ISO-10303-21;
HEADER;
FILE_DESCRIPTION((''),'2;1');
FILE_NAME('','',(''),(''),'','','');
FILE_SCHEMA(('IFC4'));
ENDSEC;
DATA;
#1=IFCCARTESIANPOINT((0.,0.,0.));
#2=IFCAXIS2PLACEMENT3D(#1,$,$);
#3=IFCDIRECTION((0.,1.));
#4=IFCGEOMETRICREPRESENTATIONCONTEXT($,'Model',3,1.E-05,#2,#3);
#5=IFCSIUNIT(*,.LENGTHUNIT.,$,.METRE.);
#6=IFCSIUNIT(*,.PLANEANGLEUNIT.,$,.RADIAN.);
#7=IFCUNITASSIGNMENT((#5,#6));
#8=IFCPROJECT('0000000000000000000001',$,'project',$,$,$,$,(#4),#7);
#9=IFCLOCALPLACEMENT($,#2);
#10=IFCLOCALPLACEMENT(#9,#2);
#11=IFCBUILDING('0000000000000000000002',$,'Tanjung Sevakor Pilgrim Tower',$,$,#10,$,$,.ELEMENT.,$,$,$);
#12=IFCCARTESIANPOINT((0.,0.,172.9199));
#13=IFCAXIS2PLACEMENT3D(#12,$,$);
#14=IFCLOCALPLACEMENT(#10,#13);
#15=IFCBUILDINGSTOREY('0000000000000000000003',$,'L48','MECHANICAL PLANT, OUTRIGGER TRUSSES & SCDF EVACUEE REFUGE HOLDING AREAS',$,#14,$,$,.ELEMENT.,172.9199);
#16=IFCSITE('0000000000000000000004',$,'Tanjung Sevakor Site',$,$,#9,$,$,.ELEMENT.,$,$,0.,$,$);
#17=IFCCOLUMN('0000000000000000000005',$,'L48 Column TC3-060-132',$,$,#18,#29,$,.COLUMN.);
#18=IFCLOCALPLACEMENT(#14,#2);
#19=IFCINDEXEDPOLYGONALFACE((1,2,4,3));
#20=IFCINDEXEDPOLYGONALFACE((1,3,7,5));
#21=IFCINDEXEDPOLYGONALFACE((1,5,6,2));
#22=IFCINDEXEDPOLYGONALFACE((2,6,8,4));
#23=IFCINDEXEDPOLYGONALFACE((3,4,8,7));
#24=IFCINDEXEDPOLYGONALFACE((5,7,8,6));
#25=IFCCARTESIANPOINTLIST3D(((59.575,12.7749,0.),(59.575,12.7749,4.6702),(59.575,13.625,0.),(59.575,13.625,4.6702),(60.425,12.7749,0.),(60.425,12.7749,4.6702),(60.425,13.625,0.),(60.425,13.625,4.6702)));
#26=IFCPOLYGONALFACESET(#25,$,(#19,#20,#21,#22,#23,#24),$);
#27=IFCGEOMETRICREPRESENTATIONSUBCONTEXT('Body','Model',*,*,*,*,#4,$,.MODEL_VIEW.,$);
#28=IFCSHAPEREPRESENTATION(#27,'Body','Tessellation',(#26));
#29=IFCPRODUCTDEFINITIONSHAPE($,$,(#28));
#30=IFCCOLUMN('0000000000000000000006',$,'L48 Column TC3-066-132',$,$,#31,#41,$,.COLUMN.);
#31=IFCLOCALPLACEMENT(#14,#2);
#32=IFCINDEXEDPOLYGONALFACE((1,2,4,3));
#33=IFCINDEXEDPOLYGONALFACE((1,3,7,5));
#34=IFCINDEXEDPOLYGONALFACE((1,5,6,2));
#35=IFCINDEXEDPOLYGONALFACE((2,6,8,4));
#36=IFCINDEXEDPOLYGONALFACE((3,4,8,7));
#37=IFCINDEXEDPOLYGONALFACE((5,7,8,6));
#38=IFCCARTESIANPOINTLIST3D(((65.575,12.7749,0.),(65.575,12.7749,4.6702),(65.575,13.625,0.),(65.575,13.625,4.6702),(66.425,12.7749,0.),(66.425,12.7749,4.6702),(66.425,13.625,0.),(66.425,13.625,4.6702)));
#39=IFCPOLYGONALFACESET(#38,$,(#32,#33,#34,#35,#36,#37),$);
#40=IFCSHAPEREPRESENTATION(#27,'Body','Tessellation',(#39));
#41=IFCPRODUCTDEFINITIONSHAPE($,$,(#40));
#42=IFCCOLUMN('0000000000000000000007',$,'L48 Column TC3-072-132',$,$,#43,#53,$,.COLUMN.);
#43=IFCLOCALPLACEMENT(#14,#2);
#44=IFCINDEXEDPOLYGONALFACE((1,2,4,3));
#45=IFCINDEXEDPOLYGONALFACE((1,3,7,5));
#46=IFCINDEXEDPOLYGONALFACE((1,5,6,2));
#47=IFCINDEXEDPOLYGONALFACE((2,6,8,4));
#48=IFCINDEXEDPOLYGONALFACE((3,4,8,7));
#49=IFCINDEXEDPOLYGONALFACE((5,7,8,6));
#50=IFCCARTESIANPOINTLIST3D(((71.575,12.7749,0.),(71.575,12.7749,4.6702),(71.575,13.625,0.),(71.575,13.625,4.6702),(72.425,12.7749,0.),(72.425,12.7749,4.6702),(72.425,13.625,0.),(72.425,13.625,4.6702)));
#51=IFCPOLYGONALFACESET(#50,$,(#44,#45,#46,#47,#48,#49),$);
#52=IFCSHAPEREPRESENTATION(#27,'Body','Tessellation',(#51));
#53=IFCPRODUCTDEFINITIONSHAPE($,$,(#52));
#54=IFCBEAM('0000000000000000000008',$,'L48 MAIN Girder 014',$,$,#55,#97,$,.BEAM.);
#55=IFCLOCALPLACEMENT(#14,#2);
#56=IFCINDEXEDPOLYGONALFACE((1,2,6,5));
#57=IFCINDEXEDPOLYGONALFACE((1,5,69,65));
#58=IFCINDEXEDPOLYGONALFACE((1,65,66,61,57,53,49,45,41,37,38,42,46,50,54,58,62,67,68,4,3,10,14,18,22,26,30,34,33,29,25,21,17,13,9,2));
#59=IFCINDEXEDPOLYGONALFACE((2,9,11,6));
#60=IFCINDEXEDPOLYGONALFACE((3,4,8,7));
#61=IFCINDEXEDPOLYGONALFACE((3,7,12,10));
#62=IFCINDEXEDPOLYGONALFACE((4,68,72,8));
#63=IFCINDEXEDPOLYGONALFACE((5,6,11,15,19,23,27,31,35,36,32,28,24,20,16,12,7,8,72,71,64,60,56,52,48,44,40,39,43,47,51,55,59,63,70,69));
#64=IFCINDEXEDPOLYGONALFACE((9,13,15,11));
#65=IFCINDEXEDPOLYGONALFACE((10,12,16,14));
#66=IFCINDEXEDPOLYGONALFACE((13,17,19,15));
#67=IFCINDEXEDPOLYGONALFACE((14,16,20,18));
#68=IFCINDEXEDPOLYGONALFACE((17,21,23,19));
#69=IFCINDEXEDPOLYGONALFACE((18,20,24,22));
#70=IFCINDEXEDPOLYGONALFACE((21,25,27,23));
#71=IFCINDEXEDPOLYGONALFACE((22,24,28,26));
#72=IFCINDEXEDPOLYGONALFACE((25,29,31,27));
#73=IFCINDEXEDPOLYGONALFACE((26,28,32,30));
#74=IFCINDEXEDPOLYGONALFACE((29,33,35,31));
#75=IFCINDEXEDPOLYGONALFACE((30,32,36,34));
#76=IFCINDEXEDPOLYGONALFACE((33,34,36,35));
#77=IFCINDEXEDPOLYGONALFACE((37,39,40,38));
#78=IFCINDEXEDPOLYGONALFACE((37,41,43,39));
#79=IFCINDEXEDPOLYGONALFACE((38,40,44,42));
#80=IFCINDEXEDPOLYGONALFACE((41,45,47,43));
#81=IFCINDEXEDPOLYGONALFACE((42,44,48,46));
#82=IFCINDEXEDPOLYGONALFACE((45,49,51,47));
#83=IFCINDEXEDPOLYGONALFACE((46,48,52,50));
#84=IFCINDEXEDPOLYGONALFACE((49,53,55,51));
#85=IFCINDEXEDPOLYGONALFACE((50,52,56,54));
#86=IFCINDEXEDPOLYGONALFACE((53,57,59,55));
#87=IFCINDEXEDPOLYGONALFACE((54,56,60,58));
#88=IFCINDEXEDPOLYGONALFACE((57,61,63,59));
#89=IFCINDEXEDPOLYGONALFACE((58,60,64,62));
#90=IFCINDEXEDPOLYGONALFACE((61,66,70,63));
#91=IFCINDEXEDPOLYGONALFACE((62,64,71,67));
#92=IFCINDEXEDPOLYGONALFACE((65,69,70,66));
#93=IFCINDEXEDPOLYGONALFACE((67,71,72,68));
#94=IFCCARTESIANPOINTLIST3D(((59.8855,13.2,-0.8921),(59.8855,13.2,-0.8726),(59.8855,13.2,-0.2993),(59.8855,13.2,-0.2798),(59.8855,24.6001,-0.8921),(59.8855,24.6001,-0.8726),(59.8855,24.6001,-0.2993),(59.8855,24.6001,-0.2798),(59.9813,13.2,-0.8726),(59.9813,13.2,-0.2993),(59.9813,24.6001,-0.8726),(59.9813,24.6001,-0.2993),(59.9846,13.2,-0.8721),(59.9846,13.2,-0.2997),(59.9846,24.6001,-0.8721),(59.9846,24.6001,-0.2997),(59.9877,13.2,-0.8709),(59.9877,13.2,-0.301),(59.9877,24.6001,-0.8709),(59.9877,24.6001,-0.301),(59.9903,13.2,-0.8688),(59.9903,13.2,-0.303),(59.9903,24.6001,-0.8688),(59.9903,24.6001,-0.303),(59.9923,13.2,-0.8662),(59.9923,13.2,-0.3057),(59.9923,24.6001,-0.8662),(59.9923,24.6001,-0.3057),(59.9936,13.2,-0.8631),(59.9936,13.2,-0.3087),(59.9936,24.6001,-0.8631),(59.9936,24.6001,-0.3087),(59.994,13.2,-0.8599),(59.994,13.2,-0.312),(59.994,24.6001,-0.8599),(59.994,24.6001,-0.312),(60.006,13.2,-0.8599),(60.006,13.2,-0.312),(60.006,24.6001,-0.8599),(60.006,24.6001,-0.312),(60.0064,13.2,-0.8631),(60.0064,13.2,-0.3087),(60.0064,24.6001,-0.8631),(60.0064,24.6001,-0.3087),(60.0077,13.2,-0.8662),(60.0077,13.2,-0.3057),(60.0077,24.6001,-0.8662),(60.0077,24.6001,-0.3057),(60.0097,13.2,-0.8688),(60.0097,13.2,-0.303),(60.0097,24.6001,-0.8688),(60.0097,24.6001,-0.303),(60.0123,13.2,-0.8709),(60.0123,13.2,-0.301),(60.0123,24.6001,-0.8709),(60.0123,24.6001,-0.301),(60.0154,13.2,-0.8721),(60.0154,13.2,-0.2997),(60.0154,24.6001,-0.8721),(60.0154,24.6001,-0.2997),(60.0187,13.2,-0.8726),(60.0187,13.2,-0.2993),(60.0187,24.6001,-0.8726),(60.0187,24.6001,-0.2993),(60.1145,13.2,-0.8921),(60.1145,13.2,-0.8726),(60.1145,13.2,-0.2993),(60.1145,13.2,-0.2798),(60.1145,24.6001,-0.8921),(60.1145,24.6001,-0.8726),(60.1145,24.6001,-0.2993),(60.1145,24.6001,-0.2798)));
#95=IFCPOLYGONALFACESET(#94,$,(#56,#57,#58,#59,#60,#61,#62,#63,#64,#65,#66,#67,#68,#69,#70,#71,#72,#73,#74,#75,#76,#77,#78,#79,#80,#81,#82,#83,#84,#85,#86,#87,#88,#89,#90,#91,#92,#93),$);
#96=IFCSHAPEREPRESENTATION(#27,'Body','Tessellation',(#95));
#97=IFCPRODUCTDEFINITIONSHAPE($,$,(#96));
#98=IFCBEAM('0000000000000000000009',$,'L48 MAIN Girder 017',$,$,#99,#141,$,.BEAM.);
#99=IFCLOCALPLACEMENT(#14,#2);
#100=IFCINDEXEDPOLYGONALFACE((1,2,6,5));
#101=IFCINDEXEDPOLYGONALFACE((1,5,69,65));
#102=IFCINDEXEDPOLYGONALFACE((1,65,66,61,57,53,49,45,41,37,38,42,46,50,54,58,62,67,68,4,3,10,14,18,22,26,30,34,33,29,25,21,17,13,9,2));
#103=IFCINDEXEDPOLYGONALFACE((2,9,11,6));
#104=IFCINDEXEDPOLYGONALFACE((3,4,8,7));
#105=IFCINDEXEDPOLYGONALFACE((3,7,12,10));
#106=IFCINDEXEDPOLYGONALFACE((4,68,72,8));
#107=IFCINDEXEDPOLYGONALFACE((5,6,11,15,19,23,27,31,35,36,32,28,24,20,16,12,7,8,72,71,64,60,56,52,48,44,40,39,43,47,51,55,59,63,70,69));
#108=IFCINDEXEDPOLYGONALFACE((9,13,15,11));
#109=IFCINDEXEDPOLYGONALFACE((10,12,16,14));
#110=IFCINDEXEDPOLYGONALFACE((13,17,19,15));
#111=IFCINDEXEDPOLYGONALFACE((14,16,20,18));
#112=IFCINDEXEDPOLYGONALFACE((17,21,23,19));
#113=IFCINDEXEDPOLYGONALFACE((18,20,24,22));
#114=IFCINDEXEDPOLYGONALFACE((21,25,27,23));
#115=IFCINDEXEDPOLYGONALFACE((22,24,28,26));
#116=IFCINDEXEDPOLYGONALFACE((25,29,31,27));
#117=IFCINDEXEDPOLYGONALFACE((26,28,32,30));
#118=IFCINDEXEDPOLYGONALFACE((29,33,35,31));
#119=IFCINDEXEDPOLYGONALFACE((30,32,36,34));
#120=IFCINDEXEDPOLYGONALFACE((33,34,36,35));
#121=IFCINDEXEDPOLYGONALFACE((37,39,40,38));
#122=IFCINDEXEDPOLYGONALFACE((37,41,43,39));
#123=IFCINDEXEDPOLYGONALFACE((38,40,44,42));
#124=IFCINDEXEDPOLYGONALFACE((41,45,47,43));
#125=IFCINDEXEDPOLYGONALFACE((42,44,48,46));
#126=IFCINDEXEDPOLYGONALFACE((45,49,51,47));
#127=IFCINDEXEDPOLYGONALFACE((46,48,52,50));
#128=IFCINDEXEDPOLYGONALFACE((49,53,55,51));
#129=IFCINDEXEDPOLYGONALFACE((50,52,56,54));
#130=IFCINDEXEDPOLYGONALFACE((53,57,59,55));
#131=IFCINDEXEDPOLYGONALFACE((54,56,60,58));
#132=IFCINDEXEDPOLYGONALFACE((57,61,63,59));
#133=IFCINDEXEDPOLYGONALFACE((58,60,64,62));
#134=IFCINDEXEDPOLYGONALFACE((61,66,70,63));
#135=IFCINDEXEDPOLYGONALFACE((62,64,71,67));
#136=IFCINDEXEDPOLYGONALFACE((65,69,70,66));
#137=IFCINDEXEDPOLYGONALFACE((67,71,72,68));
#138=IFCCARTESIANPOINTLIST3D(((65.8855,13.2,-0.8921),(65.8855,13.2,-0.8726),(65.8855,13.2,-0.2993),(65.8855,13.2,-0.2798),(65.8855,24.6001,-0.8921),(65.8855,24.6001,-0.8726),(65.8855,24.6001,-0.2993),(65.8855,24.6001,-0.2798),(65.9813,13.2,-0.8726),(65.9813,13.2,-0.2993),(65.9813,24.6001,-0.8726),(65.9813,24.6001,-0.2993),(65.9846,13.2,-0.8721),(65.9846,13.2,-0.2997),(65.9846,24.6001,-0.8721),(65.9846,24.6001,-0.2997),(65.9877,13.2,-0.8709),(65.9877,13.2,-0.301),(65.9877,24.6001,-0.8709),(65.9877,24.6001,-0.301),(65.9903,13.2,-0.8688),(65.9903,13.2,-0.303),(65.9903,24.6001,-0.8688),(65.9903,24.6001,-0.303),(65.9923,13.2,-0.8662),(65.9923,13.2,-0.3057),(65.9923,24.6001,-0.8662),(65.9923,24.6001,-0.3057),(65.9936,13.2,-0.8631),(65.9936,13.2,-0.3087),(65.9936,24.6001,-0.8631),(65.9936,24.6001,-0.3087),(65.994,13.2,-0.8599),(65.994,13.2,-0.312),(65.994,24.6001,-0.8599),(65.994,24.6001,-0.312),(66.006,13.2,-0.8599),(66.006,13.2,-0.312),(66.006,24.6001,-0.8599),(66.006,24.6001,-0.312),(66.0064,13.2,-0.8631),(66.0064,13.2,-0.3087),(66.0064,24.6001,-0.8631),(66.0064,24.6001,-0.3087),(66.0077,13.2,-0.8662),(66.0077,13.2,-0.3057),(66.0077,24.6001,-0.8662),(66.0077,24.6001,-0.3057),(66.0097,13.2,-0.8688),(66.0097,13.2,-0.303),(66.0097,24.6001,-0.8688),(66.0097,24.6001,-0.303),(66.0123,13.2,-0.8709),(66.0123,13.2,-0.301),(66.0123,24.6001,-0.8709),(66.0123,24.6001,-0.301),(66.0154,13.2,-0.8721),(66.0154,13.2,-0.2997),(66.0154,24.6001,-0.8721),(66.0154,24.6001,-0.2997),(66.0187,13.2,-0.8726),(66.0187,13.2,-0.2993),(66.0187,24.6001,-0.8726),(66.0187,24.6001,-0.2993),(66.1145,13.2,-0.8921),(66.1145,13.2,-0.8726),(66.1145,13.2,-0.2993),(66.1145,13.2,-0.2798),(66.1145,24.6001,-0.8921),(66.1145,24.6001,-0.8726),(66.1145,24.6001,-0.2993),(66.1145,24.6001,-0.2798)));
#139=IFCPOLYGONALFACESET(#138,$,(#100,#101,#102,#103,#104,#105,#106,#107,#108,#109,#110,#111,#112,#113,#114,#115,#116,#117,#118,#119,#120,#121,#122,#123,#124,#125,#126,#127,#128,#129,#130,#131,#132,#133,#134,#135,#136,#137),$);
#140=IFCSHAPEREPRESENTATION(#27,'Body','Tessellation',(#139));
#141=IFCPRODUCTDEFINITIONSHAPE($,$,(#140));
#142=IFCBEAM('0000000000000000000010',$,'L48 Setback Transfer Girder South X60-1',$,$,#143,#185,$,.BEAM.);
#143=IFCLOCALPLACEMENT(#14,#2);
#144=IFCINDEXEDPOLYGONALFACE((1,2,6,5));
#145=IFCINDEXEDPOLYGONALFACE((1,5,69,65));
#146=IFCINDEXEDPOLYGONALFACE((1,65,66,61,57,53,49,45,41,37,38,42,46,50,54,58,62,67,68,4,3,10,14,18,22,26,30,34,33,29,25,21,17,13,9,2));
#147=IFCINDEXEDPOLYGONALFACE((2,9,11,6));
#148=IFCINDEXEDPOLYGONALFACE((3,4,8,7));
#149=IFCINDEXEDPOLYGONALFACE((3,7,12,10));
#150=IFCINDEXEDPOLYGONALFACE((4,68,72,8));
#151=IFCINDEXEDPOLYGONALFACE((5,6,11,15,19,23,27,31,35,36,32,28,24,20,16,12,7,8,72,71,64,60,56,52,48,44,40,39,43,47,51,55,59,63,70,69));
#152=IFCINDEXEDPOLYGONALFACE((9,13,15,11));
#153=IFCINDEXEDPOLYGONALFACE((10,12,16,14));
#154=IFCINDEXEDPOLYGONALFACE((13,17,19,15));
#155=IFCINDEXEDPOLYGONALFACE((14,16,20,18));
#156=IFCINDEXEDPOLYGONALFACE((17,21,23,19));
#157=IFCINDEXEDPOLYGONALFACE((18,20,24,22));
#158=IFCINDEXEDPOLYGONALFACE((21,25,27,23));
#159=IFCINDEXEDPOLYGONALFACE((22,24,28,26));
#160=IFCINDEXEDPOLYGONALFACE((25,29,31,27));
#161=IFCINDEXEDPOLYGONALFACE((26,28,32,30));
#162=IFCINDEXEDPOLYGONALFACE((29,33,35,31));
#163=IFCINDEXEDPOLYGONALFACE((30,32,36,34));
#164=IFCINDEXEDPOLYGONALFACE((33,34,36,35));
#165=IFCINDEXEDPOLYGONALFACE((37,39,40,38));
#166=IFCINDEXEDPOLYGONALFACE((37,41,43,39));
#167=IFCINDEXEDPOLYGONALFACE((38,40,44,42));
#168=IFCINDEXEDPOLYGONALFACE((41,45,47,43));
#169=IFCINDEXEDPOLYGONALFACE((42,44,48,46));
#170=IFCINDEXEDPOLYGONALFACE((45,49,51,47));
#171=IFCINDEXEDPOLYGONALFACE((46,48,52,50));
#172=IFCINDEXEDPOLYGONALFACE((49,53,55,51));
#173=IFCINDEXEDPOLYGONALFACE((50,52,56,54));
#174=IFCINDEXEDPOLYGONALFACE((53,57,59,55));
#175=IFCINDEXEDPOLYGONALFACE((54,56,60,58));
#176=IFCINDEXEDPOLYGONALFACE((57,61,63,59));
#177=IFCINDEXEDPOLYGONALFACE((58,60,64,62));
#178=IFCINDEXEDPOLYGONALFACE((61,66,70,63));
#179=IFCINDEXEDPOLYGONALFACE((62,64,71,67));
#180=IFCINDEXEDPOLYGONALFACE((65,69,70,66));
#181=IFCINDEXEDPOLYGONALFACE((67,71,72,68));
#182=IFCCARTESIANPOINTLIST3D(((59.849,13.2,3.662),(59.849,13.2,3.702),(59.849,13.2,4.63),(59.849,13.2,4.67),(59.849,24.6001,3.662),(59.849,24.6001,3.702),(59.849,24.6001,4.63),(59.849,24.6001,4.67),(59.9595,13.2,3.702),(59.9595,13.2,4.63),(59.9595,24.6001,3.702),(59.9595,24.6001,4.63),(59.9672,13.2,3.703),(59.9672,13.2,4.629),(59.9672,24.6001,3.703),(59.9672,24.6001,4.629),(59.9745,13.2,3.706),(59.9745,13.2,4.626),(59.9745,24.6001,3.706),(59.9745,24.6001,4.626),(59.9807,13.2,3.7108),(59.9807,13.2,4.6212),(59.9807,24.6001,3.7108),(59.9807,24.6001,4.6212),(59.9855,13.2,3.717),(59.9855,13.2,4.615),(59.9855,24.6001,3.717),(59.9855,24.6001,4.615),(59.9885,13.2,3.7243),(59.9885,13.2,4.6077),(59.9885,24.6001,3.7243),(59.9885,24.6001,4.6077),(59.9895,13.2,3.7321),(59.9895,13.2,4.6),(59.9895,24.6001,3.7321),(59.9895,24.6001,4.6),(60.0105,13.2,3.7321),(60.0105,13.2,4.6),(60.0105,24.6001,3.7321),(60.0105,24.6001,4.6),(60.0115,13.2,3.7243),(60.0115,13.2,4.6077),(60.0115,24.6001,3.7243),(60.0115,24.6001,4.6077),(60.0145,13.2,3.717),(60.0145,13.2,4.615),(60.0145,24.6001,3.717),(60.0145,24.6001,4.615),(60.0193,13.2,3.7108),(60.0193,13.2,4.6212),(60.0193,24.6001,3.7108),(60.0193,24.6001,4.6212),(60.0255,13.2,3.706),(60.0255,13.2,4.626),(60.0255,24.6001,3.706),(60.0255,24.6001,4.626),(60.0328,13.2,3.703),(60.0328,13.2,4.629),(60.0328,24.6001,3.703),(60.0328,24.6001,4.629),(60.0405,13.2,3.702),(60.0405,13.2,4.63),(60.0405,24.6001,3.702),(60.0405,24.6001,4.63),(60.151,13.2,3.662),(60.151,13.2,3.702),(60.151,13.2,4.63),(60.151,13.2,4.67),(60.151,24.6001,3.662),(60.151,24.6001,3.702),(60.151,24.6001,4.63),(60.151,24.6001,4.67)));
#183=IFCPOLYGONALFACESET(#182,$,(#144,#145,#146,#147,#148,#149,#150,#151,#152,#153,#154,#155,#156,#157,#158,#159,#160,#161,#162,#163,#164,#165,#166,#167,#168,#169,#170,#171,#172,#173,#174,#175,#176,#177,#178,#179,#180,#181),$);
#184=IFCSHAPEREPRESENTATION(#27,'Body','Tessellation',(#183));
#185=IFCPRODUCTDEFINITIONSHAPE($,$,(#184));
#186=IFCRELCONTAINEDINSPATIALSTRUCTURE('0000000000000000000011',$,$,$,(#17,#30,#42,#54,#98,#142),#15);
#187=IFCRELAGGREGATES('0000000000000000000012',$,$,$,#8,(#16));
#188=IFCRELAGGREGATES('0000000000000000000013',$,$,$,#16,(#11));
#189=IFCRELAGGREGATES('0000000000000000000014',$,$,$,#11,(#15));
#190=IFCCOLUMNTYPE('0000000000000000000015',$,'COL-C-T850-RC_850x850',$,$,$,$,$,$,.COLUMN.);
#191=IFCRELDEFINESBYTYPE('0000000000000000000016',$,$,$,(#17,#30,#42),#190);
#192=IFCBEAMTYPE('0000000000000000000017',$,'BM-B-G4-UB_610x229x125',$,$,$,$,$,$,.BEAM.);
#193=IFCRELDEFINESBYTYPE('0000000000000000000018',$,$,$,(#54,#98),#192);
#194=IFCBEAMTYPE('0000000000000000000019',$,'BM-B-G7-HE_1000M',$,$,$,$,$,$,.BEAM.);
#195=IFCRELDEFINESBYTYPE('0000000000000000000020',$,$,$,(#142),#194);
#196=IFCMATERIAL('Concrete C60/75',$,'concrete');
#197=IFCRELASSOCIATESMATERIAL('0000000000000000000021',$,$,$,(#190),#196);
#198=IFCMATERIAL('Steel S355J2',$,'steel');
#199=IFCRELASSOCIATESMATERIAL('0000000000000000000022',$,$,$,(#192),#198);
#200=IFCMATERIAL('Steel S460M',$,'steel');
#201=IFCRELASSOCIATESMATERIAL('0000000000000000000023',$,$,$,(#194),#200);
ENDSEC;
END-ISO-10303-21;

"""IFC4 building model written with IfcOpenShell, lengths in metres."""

from ifc_helpers import new_model, si_unit, direction, frame, origin, origin_2d, place, context, subcontext, project, spatial, rectangle, i_section, extrude, material, material_profile, profile_set, type_object, element, save


model = new_model("IFC4")

# Units and contexts
model_context = context("Model", 3, precision=1e-05, world=origin(), true_north=direction((0.0, 1.0)))
body_context = subcontext(model_context, "Body", "Model", "MODEL_VIEW")
ifc_project = project(units=[si_unit("LENGTHUNIT", "METRE"), si_unit("PLANEANGLEUNIT", "RADIAN")], contexts=[model_context])

# Site, building, storey
site_placement = place(None, origin())
site = spatial("IfcSite", under=ifc_project, at=site_placement, Name="Tanjung Sevakor Site", CompositionType="ELEMENT", RefElevation=0.0)
building_placement = place(site_placement, origin())
building = spatial("IfcBuilding", under=site, at=building_placement, Name="Tanjung Sevakor Pilgrim Tower", CompositionType="ELEMENT")
storey_placement = place(building_placement, frame((0.0, 0.0, 172.9199)))
storey = spatial("IfcBuildingStorey", under=building, at=storey_placement, Name="L48", Description="MECHANICAL PLANT, OUTRIGGER TRUSSES & SCDF EVACUEE REFUGE HOLDING AREAS", CompositionType="ELEMENT", Elevation=172.9199)

# Columns
ifc_material_1 = material(Name="Concrete C60/75", Category="concrete")
ifc_material_profile_1 = material_profile(ifc_material_1, rectangle(XDim=0.8501, YDim=0.8501, at=origin_2d()))
ifc_profile_set_1 = profile_set([ifc_material_profile_1], Name="Concrete C60/75")
column_type = type_object("IfcColumnType", Name="COL-C-T850-RC_850x850", PredefinedType="COLUMN", material=ifc_profile_set_1)
for number, where, z_axis, x_axis, name in (
    (1, (60.0, 13.2, 0.0), (0.0, 0.0, 1.0), (1.0, 0.0, 0.0), "L48 Column TC3-060-132"),
    (2, (66.0, 13.2, 0.0), (0.0, 0.0, 1.0), (1.0, 0.0, 0.0), "L48 Column TC3-066-132"),
    (3, (72.0, 13.2, 0.0), (0.0, 0.0, 1.0), (1.0, 0.0, 0.0), "L48 Column TC3-072-132"),
):
    element("IfcColumn", number, at=place(storey_placement, frame(where, z_axis=z_axis, x_axis=x_axis)), inside=storey, type_object=column_type, Name=name, PredefinedType="COLUMN", context=body_context, shape_type="SweptSolid", body=[
        extrude(rectangle(XDim=0.8501, YDim=0.8501, at=origin_2d()), origin(), (0.0, 0.0, 1.0), 4.6702),
    ])

# Beams
ifc_material_2 = material(Name="Steel S355J2", Category="steel")
ifc_material_profile_2 = material_profile(ifc_material_2, i_section(OverallWidth=0.229, OverallDepth=0.6123, WebThickness=0.012, FlangeThickness=0.0195, FilletRadius=0.0127, at=origin_2d()))
ifc_profile_set_2 = profile_set([ifc_material_profile_2], Name="Steel S355J2")
beam_type_1 = type_object("IfcBeamType", Name="BM-B-G4-UB_610x229x125", PredefinedType="BEAM", material=ifc_profile_set_2)
for number, where, z_axis, x_axis, name in (
    (4, (60.0, 13.2, -0.5859), (0.0, 1.0, 0.0), (-1.0, 0.0, 0.0), "L48 MAIN Girder 014"),
    (5, (66.0, 13.2, -0.5859), (0.0, 1.0, 0.0), (-1.0, 0.0, 0.0), "L48 MAIN Girder 017"),
):
    element("IfcBeam", number, at=place(storey_placement, frame(where, z_axis=z_axis, x_axis=x_axis)), inside=storey, type_object=beam_type_1, Name=name, PredefinedType="BEAM", context=body_context, shape_type="SweptSolid", body=[
        extrude(i_section(OverallWidth=0.229, OverallDepth=0.6123, WebThickness=0.012, FlangeThickness=0.0195, FilletRadius=0.0127, at=origin_2d()), origin(), (0.0, 0.0, 1.0), 11.4001),
    ])
ifc_material_3 = material(Name="Steel S460M", Category="steel")
ifc_material_profile_3 = material_profile(ifc_material_3, i_section(OverallWidth=0.302, OverallDepth=1.0081, WebThickness=0.021, FlangeThickness=0.04, FilletRadius=0.03, at=origin_2d()))
ifc_profile_set_3 = profile_set([ifc_material_profile_3], Name="Steel S460M")
beam_type_2 = type_object("IfcBeamType", Name="BM-B-G7-HE_1000M", PredefinedType="BEAM", material=ifc_profile_set_3)
for number, where, z_axis, x_axis, name in (
    (6, (60.0, 13.2, 4.166), (0.0, 1.0, 0.0), (-1.0, 0.0, 0.0), "L48 Setback Transfer Girder South X60-1"),
):
    element("IfcBeam", number, at=place(storey_placement, frame(where, z_axis=z_axis, x_axis=x_axis)), inside=storey, type_object=beam_type_2, Name=name, PredefinedType="BEAM", context=body_context, shape_type="SweptSolid", body=[
        extrude(i_section(OverallWidth=0.302, OverallDepth=1.0081, WebThickness=0.021, FlangeThickness=0.04, FilletRadius=0.03, at=origin_2d()), origin(), (0.0, 0.0, 1.0), 11.4001),
    ])

save(model, "model.ifc")
